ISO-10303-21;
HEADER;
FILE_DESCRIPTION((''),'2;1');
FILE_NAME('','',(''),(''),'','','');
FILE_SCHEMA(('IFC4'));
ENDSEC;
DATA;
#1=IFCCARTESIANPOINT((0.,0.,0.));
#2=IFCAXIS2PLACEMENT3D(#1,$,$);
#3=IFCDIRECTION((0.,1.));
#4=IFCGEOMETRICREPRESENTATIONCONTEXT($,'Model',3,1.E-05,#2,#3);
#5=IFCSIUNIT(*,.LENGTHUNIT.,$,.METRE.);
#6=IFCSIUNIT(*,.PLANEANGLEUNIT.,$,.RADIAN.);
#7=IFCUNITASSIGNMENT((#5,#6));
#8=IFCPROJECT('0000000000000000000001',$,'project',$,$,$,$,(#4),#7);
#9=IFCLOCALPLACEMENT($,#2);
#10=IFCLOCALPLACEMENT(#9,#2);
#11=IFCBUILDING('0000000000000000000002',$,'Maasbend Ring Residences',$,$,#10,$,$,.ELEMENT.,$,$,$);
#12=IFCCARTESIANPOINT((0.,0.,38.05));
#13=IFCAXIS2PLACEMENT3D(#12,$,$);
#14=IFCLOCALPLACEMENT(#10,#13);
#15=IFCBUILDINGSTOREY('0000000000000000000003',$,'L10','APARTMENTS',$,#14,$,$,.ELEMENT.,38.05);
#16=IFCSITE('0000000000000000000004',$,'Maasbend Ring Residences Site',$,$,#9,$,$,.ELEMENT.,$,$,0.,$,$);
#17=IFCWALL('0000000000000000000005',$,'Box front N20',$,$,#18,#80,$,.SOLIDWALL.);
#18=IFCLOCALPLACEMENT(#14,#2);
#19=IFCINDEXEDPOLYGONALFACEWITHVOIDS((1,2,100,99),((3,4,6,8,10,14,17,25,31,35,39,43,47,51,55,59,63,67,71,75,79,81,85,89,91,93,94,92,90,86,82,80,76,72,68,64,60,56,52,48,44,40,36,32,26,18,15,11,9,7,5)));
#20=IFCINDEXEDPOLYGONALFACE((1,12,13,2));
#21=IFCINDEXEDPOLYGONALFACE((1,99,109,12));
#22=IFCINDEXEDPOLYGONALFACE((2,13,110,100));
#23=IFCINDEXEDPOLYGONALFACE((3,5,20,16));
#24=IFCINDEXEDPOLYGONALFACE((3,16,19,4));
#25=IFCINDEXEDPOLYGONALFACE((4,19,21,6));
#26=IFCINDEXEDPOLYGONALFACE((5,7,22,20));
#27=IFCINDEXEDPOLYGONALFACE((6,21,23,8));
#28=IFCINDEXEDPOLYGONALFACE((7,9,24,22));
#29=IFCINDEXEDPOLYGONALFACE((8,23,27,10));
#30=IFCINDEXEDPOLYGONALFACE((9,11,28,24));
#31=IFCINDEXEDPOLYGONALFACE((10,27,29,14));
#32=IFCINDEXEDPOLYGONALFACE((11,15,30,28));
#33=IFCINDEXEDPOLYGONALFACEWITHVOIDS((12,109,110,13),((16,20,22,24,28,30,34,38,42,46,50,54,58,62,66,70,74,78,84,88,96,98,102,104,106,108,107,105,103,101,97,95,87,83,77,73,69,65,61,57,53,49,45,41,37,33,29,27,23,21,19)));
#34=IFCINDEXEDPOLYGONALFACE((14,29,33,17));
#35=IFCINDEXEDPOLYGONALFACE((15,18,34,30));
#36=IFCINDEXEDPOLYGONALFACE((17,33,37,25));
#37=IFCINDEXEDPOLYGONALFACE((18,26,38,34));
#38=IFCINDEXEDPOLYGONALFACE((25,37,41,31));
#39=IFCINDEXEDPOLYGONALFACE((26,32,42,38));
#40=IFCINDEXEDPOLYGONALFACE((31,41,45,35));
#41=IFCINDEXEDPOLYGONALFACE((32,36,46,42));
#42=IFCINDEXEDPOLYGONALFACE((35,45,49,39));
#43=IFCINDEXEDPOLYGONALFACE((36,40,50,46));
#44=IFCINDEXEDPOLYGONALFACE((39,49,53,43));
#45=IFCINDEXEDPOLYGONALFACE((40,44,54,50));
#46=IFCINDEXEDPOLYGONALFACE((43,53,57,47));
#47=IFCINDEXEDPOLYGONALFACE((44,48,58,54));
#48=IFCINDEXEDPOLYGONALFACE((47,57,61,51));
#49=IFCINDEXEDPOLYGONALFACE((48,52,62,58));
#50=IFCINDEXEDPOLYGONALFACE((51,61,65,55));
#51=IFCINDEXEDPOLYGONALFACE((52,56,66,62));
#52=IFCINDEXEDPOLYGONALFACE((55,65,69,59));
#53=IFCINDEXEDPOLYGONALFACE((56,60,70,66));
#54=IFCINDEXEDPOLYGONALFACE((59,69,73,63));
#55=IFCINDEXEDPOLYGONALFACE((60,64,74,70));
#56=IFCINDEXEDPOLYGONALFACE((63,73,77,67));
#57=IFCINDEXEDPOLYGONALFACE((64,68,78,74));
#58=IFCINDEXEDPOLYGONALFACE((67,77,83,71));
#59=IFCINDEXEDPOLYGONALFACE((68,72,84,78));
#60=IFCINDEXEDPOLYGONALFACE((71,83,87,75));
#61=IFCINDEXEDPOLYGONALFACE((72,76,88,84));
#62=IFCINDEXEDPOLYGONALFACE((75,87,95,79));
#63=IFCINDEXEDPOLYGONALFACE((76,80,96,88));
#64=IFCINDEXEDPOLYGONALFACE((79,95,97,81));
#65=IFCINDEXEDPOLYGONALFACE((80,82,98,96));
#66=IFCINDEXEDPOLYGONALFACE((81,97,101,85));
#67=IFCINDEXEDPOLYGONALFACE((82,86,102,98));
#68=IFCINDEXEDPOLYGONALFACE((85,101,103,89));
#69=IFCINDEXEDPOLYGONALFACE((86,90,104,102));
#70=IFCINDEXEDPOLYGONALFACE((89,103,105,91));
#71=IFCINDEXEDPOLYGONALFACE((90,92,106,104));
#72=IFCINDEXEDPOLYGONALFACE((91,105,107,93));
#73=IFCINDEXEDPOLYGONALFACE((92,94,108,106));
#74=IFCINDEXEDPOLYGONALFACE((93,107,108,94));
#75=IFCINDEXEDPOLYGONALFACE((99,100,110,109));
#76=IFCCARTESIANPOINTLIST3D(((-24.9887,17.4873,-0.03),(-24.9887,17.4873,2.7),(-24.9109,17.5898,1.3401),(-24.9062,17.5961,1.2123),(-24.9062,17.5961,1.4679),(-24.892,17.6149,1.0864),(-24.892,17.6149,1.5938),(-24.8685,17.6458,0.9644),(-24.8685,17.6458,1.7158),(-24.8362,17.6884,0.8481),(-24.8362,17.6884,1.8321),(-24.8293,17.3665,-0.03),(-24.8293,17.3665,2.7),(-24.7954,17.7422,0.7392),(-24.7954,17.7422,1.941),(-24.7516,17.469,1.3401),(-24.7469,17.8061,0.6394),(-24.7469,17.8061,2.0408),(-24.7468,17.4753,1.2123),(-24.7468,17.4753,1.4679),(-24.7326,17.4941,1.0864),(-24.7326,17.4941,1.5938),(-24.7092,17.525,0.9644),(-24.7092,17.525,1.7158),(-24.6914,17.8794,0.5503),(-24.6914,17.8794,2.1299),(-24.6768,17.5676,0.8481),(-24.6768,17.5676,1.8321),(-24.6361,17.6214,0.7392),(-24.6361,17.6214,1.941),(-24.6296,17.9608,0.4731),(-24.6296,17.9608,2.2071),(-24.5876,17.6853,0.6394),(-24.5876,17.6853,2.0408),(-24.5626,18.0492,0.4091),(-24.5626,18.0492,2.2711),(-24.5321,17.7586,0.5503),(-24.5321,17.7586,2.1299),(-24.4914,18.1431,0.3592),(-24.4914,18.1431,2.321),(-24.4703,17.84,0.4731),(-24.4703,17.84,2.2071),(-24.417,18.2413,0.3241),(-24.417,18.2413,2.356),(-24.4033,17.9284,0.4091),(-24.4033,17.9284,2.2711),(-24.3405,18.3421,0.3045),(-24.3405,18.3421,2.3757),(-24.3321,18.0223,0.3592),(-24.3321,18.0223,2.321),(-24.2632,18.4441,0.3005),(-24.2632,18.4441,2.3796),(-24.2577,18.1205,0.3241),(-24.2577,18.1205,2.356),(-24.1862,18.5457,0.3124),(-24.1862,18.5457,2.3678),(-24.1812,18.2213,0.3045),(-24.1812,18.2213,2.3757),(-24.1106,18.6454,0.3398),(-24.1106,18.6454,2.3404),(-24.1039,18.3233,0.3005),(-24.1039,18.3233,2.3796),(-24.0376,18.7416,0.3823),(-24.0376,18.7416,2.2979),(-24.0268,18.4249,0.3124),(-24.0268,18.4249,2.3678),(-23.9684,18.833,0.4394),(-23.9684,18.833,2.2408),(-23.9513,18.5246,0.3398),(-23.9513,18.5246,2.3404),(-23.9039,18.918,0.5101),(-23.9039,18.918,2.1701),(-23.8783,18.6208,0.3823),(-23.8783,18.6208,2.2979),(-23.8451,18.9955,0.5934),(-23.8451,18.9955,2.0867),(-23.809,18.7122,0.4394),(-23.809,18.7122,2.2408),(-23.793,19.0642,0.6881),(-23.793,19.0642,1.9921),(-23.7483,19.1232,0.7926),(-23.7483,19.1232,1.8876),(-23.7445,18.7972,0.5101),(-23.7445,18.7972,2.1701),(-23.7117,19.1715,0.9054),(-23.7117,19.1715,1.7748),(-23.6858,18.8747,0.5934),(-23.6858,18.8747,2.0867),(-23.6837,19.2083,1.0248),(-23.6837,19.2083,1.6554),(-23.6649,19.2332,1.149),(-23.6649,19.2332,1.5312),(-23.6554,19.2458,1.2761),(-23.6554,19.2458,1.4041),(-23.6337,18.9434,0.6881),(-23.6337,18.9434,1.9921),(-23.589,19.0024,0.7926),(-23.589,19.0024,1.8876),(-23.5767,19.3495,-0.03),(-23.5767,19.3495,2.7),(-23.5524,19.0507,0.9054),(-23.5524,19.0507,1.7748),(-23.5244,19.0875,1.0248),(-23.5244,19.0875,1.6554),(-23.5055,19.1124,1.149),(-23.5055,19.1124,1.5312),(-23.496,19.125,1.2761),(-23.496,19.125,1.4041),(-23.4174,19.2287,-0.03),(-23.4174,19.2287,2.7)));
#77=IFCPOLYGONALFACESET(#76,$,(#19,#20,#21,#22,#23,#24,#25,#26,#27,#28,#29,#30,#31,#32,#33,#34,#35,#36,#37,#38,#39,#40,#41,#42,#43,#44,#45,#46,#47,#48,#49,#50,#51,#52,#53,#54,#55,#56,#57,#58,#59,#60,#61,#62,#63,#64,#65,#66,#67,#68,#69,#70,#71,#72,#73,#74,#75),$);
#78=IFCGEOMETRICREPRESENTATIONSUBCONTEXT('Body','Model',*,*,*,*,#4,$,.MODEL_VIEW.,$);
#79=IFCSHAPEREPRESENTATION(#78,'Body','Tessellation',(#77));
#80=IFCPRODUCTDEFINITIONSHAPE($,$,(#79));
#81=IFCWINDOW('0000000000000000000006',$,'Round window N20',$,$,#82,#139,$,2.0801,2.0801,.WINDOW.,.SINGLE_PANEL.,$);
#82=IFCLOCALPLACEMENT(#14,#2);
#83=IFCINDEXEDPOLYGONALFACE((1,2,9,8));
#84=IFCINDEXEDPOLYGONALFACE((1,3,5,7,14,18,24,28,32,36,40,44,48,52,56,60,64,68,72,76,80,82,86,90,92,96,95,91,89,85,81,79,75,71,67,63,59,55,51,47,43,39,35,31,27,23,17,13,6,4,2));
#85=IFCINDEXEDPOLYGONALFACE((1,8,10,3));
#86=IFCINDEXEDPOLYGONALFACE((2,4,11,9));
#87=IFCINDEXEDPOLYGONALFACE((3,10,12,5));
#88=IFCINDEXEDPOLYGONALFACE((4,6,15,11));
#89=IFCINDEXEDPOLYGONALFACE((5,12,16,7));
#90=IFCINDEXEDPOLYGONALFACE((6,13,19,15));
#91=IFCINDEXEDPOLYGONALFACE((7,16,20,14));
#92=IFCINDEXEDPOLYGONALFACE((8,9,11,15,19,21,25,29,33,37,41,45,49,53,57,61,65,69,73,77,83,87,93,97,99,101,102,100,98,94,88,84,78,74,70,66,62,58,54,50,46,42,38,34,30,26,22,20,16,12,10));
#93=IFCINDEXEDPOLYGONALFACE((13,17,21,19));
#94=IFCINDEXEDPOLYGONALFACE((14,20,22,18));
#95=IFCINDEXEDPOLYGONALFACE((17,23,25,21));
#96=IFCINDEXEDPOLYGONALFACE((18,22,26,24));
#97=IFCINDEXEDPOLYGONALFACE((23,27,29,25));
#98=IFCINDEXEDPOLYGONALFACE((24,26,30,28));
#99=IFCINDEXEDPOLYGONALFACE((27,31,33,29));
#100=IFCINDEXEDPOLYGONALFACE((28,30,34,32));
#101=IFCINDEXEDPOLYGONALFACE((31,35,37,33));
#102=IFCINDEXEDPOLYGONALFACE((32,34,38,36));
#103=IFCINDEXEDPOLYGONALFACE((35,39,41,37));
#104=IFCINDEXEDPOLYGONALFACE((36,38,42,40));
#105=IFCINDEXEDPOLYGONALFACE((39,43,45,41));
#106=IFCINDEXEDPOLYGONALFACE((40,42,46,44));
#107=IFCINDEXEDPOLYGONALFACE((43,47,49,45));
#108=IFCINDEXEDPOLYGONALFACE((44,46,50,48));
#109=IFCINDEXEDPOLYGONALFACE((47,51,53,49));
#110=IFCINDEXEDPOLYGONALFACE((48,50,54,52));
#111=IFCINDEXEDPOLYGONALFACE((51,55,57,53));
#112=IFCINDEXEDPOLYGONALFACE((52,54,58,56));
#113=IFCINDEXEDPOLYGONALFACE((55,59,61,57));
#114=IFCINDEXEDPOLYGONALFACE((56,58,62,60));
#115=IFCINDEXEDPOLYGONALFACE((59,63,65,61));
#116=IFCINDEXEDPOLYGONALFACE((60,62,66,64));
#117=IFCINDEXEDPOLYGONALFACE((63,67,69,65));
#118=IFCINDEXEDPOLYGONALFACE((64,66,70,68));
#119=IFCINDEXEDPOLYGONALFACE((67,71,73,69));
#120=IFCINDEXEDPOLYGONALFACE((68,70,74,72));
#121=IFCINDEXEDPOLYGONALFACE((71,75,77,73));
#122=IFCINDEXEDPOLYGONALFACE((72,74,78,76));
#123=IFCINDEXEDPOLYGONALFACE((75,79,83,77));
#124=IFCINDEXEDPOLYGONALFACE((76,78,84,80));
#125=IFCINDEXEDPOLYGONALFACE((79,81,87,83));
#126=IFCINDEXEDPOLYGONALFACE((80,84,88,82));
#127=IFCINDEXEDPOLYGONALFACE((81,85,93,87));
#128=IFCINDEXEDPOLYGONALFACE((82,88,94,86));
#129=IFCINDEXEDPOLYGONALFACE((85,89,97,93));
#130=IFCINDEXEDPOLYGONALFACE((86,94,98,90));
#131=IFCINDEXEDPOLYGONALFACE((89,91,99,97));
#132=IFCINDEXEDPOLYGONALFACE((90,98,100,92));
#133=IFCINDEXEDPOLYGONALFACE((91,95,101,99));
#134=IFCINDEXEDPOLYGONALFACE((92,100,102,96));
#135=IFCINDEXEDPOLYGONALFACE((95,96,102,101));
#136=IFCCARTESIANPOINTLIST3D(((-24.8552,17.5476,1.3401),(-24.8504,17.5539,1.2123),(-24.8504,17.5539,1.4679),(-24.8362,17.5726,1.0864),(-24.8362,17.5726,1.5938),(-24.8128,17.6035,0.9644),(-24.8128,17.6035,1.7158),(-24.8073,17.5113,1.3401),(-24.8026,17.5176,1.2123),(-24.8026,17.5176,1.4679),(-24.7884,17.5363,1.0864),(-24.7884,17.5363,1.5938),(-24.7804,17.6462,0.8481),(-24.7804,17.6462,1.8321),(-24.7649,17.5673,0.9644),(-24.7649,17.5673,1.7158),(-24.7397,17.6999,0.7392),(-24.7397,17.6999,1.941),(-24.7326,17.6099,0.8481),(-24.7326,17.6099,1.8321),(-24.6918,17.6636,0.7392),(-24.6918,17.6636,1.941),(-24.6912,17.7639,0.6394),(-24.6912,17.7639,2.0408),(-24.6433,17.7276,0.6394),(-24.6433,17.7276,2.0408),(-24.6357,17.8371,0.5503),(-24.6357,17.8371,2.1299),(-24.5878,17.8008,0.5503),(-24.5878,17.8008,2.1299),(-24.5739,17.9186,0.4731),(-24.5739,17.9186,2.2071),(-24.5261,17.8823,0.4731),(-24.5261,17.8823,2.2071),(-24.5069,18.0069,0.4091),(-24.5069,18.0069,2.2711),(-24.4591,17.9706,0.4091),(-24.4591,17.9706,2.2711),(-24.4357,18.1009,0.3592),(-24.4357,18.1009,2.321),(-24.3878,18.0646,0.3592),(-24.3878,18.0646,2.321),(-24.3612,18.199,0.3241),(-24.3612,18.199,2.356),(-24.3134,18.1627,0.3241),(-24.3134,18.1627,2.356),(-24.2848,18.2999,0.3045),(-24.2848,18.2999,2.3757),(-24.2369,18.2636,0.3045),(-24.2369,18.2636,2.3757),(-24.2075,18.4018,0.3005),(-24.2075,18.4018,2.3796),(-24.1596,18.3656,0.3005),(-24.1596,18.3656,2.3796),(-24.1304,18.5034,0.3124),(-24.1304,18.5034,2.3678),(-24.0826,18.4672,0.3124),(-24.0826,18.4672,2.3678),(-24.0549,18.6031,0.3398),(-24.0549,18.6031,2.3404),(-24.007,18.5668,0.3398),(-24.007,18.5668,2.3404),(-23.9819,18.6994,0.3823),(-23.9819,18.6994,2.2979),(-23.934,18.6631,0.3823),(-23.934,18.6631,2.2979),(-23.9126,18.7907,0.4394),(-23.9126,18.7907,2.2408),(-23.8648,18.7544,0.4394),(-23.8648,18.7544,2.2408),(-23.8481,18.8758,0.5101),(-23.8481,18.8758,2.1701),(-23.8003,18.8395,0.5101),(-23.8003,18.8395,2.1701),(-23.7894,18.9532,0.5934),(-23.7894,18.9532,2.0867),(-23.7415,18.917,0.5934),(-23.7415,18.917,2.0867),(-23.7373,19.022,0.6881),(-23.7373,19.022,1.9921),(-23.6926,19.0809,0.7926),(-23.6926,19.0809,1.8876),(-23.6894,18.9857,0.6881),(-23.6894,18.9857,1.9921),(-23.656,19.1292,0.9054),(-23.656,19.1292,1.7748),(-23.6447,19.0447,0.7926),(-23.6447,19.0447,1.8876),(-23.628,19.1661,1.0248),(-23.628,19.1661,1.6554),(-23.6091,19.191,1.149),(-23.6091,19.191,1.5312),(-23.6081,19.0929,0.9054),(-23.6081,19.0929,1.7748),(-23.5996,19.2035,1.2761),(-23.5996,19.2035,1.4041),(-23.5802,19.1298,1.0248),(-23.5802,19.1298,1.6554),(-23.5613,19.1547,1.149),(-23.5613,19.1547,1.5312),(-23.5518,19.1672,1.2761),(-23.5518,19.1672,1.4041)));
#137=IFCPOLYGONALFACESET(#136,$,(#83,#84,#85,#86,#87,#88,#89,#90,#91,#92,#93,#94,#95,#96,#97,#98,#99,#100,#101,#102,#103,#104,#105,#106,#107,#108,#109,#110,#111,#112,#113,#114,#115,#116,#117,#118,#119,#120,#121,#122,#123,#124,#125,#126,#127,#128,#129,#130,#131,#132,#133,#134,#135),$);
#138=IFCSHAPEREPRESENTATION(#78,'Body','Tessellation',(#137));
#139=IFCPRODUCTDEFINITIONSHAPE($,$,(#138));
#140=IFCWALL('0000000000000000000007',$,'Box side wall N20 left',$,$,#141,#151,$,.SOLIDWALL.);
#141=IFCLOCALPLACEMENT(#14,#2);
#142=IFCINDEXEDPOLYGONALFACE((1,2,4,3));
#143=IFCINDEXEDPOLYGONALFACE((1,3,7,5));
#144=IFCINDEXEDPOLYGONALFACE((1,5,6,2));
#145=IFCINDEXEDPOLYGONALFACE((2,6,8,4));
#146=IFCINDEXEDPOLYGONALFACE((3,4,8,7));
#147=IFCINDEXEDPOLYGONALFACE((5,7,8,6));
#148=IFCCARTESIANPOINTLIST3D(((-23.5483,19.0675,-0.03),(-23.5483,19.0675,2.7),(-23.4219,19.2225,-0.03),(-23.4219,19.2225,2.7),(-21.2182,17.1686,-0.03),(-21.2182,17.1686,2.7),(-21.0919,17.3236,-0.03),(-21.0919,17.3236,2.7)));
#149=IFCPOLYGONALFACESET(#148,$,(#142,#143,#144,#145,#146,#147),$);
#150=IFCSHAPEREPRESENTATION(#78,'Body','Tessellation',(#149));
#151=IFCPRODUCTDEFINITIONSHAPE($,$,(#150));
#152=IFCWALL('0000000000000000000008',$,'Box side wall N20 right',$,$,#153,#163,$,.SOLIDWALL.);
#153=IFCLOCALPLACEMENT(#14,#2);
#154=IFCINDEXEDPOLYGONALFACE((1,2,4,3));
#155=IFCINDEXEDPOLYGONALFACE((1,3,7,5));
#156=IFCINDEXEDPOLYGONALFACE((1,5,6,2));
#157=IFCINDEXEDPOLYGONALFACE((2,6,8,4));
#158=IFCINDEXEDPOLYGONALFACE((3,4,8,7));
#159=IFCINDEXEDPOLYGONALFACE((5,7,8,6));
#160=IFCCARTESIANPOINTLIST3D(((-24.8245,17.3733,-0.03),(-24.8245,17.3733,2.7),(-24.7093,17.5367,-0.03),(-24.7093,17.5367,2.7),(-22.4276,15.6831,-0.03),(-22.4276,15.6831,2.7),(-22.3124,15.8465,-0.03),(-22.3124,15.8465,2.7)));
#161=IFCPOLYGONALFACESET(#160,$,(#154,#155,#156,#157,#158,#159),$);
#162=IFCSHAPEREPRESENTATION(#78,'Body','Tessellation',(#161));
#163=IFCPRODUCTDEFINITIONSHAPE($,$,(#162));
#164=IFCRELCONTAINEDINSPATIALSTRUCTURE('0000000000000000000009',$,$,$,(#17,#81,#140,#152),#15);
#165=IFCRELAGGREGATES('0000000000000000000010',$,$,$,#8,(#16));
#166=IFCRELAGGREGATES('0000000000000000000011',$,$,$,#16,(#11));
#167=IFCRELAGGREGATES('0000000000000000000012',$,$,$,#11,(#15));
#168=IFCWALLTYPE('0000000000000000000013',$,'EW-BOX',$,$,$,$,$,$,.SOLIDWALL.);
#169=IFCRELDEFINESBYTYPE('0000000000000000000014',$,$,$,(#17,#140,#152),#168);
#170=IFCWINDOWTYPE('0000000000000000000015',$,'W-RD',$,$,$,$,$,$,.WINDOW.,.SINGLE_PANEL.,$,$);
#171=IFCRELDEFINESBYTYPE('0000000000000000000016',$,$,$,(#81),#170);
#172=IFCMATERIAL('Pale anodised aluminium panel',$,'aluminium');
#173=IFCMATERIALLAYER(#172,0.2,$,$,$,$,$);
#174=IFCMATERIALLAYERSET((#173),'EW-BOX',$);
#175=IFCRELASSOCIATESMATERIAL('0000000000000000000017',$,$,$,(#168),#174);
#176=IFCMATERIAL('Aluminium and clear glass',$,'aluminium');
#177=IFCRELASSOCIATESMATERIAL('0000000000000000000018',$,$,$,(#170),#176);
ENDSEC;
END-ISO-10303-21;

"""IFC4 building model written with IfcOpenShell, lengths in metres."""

from ifc_helpers import new_model, si_unit, direction, frame, frame_2d, origin, place, context, subcontext, project, spatial, rectangle, circle, extrude, material, layer, layer_set, type_object, element, fill, save


model = new_model("IFC4")

# Units and contexts
model_context = context("Model", 3, precision=1e-05, world=origin(), true_north=direction((0.0, 1.0)))
body_context = subcontext(model_context, "Body", "Model", "MODEL_VIEW")
ifc_project = project(units=[si_unit("LENGTHUNIT", "METRE"), si_unit("PLANEANGLEUNIT", "RADIAN")], contexts=[model_context])

# Site, building, storey
site_placement = place(None, origin())
site = spatial("IfcSite", under=ifc_project, at=site_placement, Name="Maasbend Ring Residences Site", CompositionType="ELEMENT", RefElevation=0.0)
building_placement = place(site_placement, origin())
building = spatial("IfcBuilding", under=site, at=building_placement, Name="Maasbend Ring Residences", CompositionType="ELEMENT")
storey_placement = place(building_placement, frame((0.0, 0.0, 38.05)))
storey = spatial("IfcBuildingStorey", under=building, at=storey_placement, Name="L10", Description="APARTMENTS", CompositionType="ELEMENT", Elevation=38.05)

# Wall, opening, window
ifc_material_1 = material(Name="Pale anodised aluminium panel", Category="aluminium")
ifc_layer_1 = layer(ifc_material_1, 0.2)
ifc_layer_set_1 = layer_set([ifc_layer_1], Name="EW-BOX")
wall_type_1 = type_object("IfcWallType", Name="EW-BOX", PredefinedType="SOLIDWALL", material=ifc_layer_set_1)
wall_1_placement = place(storey_placement, frame((-23.4971, 19.2891, -0.03), z_axis=(0.0, 0.0, 1.0), x_axis=(-0.604188, -0.796842, 0.0)))
wall_1 = element("IfcWall", 1, at=wall_1_placement, inside=storey, type_object=wall_type_1, Name="Box front N20", PredefinedType="SOLIDWALL", context=body_context, shape_type="SweptSolid", body=[
    extrude(rectangle(XDim=2.3369, YDim=0.2, at=frame_2d((1.1685, 0.0))), origin(), (0.0, 0.0, 1.0), 2.73),
])
opening_1_placement = place(wall_1_placement, frame((0.1282, 0.0, 0.3301)))
opening_1 = element("IfcOpeningElement", 2, at=opening_1_placement, cuts=wall_1, PredefinedType="OPENING", context=body_context, shape_type="SweptSolid", body=[
    extrude(circle(Radius=1.04, at=frame_2d((1.04, 1.04))), frame((0.0, 0.1099, 0.0), z_axis=(0.0, -1.0, 0.0), x_axis=(1.0, 0.0, 0.0)), (0.0, 0.0, 1.0), 0.22),
])
ifc_material_2 = material(Name="Aluminium and clear glass", Category="aluminium")
window_type_1 = type_object("IfcWindowType", Name="W-RD", PartitioningType="SINGLE_PANEL", PredefinedType="WINDOW", material=ifc_material_2)
window_1_placement = place(opening_1_placement, origin())
window_1 = element("IfcWindow", 3, at=window_1_placement, inside=storey, type_object=window_type_1, Name="Round window N20", OverallHeight=2.0801, OverallWidth=2.0801, PartitioningType="SINGLE_PANEL", PredefinedType="WINDOW", context=body_context, shape_type="SweptSolid", body=[
    extrude(circle(Radius=1.04, at=frame_2d((1.04, 1.04))), frame((0.0, 0.03, 0.0), z_axis=(0.0, -1.0, 0.0), x_axis=(1.0, 0.0, 0.0)), (0.0, 0.0, 1.0), 0.0601),
])
fill(opening_1, window_1)

# Walls
wall_2_placement = place(storey_placement, frame((-21.155, 17.2461, -0.03), z_axis=(0.0, 0.0, 1.0), x_axis=(-0.775179, 0.631742, 0.0)))
element("IfcWall", 4, at=wall_2_placement, inside=storey, type_object=wall_type_1, Name="Box side wall N20 left", PredefinedType="SOLIDWALL", context=body_context, shape_type="SweptSolid", body=[
    extrude(rectangle(XDim=3.0059, YDim=0.2, at=frame_2d((1.5029, 0.0))), origin(), (0.0, 0.0, 1.0), 2.73),
])
wall_3_placement = place(storey_placement, frame((-22.3701, 15.7649, -0.03), z_axis=(0.0, 0.0, 1.0), x_axis=(-0.817256, 0.576275, 0.0)))
element("IfcWall", 5, at=wall_3_placement, inside=storey, type_object=wall_type_1, Name="Box side wall N20 right", PredefinedType="SOLIDWALL", context=body_context, shape_type="SweptSolid", body=[
    extrude(rectangle(XDim=2.9329, YDim=0.2, at=frame_2d((1.4663, 0.0))), origin(), (0.0, 0.0, 1.0), 2.73),
])

save(model, "model.ifc")
